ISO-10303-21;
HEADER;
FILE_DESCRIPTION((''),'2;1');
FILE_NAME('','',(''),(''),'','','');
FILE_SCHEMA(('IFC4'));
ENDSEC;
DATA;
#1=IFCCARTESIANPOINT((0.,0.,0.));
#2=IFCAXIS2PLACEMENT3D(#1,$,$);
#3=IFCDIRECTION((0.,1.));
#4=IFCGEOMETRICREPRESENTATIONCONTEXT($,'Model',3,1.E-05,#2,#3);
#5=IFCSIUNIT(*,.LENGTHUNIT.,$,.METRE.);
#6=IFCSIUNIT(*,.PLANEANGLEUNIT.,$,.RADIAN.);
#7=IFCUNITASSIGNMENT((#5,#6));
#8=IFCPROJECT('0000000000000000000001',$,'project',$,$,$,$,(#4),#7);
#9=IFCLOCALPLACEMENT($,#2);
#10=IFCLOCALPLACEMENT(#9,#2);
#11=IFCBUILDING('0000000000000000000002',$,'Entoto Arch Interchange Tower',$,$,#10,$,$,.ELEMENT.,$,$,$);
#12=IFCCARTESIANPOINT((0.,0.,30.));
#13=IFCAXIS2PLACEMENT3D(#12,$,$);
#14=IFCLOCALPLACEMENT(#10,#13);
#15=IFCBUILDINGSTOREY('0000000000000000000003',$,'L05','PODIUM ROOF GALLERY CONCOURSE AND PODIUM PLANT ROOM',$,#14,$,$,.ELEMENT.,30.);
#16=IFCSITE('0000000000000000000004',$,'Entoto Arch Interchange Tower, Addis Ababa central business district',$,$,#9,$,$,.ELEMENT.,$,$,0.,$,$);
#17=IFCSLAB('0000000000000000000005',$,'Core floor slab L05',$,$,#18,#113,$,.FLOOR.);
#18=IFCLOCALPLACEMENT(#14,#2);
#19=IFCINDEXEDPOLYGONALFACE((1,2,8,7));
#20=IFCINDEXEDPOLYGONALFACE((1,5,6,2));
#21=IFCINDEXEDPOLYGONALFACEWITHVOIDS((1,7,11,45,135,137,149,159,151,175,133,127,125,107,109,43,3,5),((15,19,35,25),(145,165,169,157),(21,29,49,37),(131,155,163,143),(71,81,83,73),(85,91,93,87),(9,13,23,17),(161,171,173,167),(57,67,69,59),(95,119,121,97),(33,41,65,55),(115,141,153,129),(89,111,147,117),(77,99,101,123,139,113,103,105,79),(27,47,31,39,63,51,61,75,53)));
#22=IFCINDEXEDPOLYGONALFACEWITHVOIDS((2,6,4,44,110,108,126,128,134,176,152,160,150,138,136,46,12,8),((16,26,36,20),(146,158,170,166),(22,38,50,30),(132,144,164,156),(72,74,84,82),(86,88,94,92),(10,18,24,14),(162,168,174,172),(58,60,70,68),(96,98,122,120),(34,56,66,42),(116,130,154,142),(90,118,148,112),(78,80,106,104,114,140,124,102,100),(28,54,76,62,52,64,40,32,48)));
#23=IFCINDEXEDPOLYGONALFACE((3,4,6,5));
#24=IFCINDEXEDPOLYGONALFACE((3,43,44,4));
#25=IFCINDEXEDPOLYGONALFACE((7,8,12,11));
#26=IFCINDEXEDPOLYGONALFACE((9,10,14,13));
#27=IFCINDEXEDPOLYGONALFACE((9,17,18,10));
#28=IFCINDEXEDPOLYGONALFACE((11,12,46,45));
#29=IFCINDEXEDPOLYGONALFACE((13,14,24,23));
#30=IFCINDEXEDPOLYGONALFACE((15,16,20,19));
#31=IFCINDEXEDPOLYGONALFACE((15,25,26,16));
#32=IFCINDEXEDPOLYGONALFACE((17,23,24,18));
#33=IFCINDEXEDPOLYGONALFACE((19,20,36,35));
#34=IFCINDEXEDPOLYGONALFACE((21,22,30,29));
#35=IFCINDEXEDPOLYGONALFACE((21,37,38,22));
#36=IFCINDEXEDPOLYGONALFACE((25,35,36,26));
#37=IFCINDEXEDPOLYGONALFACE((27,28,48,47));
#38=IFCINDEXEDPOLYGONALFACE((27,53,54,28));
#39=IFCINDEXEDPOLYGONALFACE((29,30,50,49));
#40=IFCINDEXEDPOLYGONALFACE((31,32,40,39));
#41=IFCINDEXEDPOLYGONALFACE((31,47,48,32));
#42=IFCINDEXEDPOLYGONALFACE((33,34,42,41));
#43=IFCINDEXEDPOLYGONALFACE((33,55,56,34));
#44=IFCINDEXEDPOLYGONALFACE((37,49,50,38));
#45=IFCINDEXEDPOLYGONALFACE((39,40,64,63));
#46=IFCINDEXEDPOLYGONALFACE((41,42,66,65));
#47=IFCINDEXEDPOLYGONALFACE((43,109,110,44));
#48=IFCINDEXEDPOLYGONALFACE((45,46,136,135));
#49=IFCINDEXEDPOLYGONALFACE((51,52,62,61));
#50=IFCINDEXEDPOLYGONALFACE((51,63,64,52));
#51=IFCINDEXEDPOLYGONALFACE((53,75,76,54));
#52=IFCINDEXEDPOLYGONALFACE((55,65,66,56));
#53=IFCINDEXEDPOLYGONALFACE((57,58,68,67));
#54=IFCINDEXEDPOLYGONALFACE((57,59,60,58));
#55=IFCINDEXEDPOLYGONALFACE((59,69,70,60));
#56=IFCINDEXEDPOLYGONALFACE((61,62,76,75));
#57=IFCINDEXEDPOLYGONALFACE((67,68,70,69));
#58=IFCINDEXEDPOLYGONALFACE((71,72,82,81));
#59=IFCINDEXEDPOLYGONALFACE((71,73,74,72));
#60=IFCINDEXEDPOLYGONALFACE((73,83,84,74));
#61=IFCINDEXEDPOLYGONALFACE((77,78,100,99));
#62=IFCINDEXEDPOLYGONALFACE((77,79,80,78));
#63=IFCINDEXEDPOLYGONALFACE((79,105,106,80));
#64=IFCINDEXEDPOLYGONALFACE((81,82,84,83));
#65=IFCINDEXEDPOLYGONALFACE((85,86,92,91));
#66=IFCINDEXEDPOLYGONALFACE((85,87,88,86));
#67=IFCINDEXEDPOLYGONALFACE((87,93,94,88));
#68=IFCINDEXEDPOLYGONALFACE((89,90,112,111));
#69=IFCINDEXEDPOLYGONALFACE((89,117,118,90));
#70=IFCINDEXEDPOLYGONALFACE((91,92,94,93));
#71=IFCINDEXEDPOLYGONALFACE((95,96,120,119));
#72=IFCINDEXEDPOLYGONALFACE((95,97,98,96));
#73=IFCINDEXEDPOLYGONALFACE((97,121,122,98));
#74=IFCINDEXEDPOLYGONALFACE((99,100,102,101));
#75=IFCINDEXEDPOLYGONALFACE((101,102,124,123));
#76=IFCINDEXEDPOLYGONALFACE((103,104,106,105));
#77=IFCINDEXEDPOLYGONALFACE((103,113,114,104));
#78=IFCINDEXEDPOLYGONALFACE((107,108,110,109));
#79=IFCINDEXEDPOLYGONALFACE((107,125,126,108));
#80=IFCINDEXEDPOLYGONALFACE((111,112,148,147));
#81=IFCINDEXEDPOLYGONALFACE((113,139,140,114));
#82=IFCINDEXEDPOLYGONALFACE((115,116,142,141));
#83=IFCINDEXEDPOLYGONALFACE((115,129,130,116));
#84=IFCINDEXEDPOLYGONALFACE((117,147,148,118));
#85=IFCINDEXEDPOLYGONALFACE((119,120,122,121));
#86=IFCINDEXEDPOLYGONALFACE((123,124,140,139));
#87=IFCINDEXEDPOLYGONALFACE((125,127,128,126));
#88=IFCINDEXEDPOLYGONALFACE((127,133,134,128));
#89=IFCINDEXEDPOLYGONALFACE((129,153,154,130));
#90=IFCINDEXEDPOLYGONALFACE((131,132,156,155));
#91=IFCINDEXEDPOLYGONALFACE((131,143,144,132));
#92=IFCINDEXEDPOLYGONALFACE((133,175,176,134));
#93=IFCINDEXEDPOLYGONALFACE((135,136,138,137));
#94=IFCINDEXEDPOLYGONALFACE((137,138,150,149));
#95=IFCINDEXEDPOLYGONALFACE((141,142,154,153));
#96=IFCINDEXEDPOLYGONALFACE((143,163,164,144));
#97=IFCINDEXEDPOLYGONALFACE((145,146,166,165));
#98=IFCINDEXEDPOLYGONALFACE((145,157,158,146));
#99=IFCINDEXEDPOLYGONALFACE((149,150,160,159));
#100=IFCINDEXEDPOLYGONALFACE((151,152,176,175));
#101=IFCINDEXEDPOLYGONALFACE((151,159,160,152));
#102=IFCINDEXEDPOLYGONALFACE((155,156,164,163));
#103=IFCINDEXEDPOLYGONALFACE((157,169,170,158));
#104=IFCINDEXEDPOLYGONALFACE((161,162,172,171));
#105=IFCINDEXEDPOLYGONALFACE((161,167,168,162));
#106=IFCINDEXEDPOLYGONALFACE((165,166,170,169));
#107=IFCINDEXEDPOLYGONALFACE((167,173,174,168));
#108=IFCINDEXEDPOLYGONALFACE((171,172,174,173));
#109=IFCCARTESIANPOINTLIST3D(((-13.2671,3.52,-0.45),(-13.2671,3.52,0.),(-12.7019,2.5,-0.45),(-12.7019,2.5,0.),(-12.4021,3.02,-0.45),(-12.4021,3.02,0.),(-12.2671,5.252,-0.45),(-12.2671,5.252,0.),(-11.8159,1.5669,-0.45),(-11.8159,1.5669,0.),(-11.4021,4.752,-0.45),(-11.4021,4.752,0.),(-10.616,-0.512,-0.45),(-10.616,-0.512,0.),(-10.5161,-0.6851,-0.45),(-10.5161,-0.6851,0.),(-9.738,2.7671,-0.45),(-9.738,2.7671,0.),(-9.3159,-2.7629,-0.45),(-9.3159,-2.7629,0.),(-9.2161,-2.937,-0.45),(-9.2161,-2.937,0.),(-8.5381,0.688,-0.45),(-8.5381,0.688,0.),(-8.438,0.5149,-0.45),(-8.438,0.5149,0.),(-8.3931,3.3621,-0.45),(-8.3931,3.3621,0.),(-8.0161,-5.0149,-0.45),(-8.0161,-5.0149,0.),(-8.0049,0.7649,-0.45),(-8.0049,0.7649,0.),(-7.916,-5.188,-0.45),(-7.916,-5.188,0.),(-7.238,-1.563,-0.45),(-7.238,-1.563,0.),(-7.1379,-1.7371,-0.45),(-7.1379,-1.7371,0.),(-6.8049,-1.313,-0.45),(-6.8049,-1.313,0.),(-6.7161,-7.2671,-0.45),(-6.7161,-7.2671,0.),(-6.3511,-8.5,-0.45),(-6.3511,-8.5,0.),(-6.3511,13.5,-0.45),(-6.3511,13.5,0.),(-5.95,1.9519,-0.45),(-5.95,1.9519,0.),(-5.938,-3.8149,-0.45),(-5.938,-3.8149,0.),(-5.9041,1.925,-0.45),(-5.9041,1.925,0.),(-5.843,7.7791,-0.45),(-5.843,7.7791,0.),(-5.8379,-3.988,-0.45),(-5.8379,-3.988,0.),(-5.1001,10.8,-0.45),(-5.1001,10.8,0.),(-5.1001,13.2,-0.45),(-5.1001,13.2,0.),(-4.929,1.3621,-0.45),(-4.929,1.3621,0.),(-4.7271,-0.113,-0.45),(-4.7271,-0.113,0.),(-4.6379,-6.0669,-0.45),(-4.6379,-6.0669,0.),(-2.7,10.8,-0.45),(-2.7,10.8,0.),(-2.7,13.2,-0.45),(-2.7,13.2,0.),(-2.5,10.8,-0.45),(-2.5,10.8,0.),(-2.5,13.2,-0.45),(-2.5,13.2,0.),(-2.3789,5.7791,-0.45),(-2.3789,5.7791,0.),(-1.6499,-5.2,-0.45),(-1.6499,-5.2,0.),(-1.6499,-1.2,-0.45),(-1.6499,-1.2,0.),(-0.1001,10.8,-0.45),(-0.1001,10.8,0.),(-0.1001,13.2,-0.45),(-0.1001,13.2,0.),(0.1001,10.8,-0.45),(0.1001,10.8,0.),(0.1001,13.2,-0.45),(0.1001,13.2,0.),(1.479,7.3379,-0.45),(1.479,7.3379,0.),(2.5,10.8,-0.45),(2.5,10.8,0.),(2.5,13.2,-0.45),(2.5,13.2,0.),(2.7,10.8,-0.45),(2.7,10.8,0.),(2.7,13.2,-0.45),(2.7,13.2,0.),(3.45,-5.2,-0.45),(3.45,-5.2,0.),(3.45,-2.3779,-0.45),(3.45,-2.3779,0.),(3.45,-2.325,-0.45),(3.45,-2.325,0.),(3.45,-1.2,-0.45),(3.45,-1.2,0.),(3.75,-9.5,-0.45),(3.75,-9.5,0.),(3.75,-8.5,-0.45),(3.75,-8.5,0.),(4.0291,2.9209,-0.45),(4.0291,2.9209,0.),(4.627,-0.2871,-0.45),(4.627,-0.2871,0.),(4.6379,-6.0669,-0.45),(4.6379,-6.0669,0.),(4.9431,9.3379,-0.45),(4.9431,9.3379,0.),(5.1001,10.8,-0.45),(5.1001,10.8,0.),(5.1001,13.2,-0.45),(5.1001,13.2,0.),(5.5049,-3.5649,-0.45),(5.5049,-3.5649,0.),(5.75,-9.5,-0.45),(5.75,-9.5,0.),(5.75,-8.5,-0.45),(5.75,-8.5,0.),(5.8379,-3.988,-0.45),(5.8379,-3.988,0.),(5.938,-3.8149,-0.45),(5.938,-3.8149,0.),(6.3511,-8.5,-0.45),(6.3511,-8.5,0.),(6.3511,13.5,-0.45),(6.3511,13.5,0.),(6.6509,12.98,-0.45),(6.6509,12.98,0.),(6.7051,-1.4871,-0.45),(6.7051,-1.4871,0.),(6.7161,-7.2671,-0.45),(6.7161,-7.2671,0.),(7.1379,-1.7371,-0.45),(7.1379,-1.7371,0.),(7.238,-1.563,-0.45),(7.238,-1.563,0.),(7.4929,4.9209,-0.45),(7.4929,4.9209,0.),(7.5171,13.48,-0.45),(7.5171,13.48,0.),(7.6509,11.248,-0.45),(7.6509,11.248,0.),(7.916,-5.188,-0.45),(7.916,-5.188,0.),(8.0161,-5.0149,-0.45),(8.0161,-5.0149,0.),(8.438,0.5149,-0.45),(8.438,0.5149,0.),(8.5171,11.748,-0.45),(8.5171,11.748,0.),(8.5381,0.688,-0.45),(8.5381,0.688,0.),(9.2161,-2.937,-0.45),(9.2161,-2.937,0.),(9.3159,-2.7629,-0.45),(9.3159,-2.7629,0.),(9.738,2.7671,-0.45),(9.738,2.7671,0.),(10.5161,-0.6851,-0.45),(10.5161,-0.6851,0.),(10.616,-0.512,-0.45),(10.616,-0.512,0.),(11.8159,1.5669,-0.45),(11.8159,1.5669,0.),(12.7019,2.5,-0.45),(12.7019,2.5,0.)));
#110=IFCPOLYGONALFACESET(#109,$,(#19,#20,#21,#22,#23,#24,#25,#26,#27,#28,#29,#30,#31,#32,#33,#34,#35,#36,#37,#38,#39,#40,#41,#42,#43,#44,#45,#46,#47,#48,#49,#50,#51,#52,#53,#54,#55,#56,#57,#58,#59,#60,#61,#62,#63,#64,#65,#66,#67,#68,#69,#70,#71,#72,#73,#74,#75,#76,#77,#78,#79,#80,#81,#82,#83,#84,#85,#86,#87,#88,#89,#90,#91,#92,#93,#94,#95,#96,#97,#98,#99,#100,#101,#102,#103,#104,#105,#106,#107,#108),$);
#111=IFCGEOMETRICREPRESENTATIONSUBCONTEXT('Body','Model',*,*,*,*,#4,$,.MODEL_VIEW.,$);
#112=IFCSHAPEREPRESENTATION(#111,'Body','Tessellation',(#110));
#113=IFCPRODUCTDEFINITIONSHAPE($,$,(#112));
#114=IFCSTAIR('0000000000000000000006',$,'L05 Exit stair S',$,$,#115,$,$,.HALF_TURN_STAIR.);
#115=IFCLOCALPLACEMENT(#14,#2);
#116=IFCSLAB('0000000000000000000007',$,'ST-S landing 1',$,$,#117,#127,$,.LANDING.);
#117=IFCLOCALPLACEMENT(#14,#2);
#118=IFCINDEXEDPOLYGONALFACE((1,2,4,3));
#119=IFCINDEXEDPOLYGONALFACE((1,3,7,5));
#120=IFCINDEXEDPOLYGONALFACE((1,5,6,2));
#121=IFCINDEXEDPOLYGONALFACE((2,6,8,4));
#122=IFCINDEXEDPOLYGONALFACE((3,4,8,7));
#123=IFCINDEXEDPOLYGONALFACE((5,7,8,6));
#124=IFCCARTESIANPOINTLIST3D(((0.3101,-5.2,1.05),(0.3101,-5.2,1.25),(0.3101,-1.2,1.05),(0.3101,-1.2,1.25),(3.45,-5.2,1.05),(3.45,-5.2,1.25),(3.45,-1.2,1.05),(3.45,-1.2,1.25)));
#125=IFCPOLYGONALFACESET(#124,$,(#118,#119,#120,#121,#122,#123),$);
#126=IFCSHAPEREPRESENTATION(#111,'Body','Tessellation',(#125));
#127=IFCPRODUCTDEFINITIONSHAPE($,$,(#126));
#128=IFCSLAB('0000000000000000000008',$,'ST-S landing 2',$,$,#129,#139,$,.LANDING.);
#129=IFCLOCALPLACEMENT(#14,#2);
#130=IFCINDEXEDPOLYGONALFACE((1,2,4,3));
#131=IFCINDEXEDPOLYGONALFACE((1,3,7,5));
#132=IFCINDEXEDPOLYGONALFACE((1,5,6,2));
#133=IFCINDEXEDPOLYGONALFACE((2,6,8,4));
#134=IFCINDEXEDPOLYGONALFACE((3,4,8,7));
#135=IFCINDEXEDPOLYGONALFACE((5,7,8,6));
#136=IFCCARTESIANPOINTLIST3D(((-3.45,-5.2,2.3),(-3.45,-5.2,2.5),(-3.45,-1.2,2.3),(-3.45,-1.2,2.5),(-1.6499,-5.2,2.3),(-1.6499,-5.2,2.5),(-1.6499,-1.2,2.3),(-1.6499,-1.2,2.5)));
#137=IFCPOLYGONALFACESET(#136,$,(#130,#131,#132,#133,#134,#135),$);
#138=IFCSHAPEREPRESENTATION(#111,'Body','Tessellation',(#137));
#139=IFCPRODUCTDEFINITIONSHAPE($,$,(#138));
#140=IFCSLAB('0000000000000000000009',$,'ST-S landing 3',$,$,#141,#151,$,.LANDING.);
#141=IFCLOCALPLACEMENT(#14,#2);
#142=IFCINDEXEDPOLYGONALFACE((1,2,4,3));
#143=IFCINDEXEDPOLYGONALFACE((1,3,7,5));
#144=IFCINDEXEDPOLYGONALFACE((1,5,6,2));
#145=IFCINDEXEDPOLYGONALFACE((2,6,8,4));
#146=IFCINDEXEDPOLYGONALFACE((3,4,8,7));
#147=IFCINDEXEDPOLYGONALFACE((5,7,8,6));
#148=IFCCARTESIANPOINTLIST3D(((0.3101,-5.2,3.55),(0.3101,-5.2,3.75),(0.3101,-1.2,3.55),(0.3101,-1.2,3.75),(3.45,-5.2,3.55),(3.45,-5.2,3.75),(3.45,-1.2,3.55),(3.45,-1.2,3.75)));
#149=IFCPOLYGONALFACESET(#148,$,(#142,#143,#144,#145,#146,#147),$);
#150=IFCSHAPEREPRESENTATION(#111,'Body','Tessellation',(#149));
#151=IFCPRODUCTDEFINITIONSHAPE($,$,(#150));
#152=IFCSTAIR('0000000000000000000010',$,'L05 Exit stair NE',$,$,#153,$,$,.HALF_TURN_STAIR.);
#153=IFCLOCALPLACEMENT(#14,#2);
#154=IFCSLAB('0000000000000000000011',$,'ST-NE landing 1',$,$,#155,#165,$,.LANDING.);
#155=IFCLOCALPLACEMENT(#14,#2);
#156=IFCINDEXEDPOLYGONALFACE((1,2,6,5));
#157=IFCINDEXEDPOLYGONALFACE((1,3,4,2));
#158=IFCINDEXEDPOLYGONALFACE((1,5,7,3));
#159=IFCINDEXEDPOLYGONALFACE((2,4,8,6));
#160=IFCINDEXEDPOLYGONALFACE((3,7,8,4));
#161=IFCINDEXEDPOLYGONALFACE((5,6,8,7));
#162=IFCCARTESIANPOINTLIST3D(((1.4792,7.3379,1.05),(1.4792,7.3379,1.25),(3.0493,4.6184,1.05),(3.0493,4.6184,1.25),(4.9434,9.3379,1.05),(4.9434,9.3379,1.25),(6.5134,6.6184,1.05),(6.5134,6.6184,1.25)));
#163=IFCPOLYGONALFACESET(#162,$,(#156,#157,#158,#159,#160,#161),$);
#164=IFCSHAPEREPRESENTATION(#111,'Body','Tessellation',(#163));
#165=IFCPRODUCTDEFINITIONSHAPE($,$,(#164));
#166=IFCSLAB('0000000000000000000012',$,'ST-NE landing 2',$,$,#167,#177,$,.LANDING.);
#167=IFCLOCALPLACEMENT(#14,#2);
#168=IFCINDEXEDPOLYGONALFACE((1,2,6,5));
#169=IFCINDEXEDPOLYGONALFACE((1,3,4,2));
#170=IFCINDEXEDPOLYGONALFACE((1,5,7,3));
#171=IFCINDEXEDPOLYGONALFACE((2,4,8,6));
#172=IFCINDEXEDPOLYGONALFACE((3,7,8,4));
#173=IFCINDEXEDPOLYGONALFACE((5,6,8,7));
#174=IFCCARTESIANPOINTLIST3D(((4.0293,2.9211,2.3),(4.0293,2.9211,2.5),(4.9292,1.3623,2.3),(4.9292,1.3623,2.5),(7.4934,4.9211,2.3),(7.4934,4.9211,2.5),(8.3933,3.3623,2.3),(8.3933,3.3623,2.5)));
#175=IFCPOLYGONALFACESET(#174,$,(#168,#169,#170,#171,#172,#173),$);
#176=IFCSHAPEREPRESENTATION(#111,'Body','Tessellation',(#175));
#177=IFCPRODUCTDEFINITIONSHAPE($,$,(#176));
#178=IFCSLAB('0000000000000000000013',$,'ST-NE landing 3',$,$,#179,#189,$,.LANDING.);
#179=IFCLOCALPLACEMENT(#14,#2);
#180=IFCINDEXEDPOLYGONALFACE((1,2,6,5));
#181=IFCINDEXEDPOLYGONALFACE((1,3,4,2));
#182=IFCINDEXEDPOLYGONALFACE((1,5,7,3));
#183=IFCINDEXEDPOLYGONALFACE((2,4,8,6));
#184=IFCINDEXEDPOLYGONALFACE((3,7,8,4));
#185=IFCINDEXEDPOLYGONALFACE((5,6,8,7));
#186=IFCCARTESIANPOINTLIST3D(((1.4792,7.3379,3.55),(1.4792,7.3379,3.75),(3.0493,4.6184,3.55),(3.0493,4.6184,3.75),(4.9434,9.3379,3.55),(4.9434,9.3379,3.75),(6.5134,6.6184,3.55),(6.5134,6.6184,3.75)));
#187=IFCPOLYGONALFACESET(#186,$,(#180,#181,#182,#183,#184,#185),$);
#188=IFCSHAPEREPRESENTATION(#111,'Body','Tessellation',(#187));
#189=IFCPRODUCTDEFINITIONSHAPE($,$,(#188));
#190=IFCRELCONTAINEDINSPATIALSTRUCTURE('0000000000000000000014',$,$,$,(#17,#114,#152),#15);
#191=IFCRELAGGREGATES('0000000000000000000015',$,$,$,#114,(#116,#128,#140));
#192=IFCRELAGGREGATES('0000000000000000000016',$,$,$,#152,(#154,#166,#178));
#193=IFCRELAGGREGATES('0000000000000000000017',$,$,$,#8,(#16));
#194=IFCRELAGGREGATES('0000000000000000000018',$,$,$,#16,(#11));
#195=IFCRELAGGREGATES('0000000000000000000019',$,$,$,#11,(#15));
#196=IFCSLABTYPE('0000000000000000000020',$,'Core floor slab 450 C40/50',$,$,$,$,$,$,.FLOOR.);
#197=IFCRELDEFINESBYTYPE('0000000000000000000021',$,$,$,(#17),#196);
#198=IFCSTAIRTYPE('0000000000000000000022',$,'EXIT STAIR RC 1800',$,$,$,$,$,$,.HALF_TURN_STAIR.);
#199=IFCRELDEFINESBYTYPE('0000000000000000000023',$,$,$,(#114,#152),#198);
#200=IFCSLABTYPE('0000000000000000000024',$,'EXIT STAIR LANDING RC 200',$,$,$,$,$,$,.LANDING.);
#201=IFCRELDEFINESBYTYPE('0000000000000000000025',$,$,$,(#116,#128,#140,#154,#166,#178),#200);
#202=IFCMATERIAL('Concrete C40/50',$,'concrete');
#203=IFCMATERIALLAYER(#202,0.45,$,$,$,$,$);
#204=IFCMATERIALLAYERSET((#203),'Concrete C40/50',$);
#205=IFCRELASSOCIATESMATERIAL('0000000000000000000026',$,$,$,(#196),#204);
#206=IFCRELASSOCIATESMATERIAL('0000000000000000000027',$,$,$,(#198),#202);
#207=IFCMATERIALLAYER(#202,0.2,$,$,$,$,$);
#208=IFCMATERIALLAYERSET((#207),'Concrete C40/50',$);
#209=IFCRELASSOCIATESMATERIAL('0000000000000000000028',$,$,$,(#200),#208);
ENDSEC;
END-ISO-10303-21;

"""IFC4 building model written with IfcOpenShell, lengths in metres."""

from ifc_helpers import new_model, si_unit, direction, frame, origin, place, context, subcontext, project, spatial, polyline, outline, extrude, material, layer, layer_set, type_object, element, aggregate, save


model = new_model("IFC4")

# Units and contexts
model_context = context("Model", 3, precision=1e-05, world=origin(), true_north=direction((0.0, 1.0)))
body_context = subcontext(model_context, "Body", "Model", "MODEL_VIEW")
ifc_project = project(units=[si_unit("LENGTHUNIT", "METRE"), si_unit("PLANEANGLEUNIT", "RADIAN")], contexts=[model_context])

# Site, building, storey
site_placement = place(None, origin())
site = spatial("IfcSite", under=ifc_project, at=site_placement, Name="Entoto Arch Interchange Tower, Addis Ababa central business district", CompositionType="ELEMENT", RefElevation=0.0)
building_placement = place(site_placement, origin())
building = spatial("IfcBuilding", under=site, at=building_placement, Name="Entoto Arch Interchange Tower", CompositionType="ELEMENT")
storey_placement = place(building_placement, frame((0.0, 0.0, 30.0)))
storey = spatial("IfcBuildingStorey", under=building, at=storey_placement, Name="L05", Description="PODIUM ROOF GALLERY CONCOURSE AND PODIUM PLANT ROOM", CompositionType="ELEMENT", Elevation=30.0)

# Slab
ifc_material_1 = material(Name="Concrete C40/50", Category="concrete")
ifc_layer_1 = layer(ifc_material_1, 0.45)
ifc_layer_set_1 = layer_set([ifc_layer_1], Name="Concrete C40/50")
slab_type_1 = type_object("IfcSlabType", Name="Core floor slab 450 C40/50", PredefinedType="FLOOR", material=ifc_layer_set_1)
slab_1_placement = place(storey_placement, frame((0.0, 0.0, -0.45)))
element("IfcSlab", 1, at=slab_1_placement, inside=storey, type_object=slab_type_1, Name="Core floor slab L05", PredefinedType="FLOOR", context=body_context, shape_type="SweptSolid", body=[
    extrude(outline(polyline([(5.75, -9.5), (3.75, -9.5), (3.75, -8.5), (-6.3511, -8.5), (-12.7019, 2.5), (-12.4021, 3.02), (-13.2671, 3.52), (-12.2671, 5.252), (-11.4021, 4.752), (-6.3511, 13.5), (6.3511, 13.5), (6.6509, 12.98), (7.5171, 13.48), (8.5171, 11.748), (7.6509, 11.248), (12.7019, 2.5), (6.3511, -8.5), (5.75, -8.5), (5.75, -9.5)]), holes=[polyline([(-4.6379, -6.0669), (-5.8379, -3.988), (-7.916, -5.188), (-6.7161, -7.2671), (-4.6379, -6.0669)]), polyline([(-5.938, -3.8149), (-7.1379, -1.7371), (-9.2161, -2.937), (-8.0161, -5.0149), (-5.938, -3.8149)]), polyline([(5.5049, -3.5649), (6.7051, -1.4871), (4.627, -0.2871), (3.45, -2.325), (3.45, -1.2), (-1.6499, -1.2), (-1.6499, -5.2), (3.45, -5.2), (3.45, -2.3779), (5.5049, -3.5649)]), polyline([(-7.238, -1.563), (-8.438, 0.5149), (-10.5161, -0.6851), (-9.3159, -2.7629), (-7.238, -1.563)]), polyline([(-4.7271, -0.113), (-5.9041, 1.925), (-4.929, 1.3621), (-2.3789, 5.7791), (-5.843, 7.7791), (-8.3931, 3.3621), (-5.95, 1.9519), (-8.0049, 0.7649), (-6.8049, -1.313), (-4.7271, -0.113)]), polyline([(-8.5381, 0.688), (-9.738, 2.7671), (-11.8159, 1.5669), (-10.616, -0.512), (-8.5381, 0.688)]), polyline([(-5.1001, 10.8), (-2.7, 10.8), (-2.7, 13.2), (-5.1001, 13.2), (-5.1001, 10.8)]), polyline([(-2.5, 10.8), (-0.1001, 10.8), (-0.1001, 13.2), (-2.5, 13.2), (-2.5, 10.8)]), polyline([(5.8379, -3.988), (4.6379, -6.0669), (6.7161, -7.2671), (7.916, -5.188), (5.8379, -3.988)]), polyline([(7.1379, -1.7371), (5.938, -3.8149), (8.0161, -5.0149), (9.2161, -2.937), (7.1379, -1.7371)]), polyline([(8.438, 0.5149), (7.238, -1.563), (9.3159, -2.7629), (10.5161, -0.6851), (8.438, 0.5149)]), polyline([(9.738, 2.7671), (8.5381, 0.688), (10.616, -0.512), (11.8159, 1.5669), (9.738, 2.7671)]), polyline([(4.0291, 2.9209), (7.4929, 4.9209), (4.9431, 9.3379), (1.479, 7.3379), (4.0291, 2.9209)]), polyline([(0.1001, 13.2), (0.1001, 10.8), (2.5, 10.8), (2.5, 13.2), (0.1001, 13.2)]), polyline([(2.7, 13.2), (2.7, 10.8), (5.1001, 10.8), (5.1001, 13.2), (2.7, 13.2)])]), origin(), (0.0, 0.0, 1.0), 0.45),
])

# Stairs, slabs
stair_type = type_object("IfcStairType", Name="EXIT STAIR RC 1800", PredefinedType="HALF_TURN_STAIR", material=ifc_material_1)
stair_1_placement = place(storey_placement, origin())
stair_1 = element("IfcStair", 2, at=stair_1_placement, inside=storey, type_object=stair_type, Name="L05 Exit stair S", PredefinedType="HALF_TURN_STAIR")
ifc_layer_2 = layer(ifc_material_1, 0.2)
ifc_layer_set_2 = layer_set([ifc_layer_2], Name="Concrete C40/50")
slab_type_2 = type_object("IfcSlabType", Name="EXIT STAIR LANDING RC 200", PredefinedType="LANDING", material=ifc_layer_set_2)
slab_2_placement = place(storey_placement, frame((0.0, 0.0, 1.05)))
slab_2 = element("IfcSlab", 3, at=slab_2_placement, type_object=slab_type_2, Name="ST-S landing 1", PredefinedType="LANDING", context=body_context, shape_type="SweptSolid", body=[
    extrude(outline(polyline([(0.3101, -5.2), (3.45, -5.2), (3.45, -1.2), (0.3101, -1.2), (0.3101, -5.2)])), origin(), (0.0, 0.0, 1.0), 0.2),
])
slab_3_placement = place(storey_placement, frame((0.0, 0.0, 2.3)))
slab_3 = element("IfcSlab", 4, at=slab_3_placement, type_object=slab_type_2, Name="ST-S landing 2", PredefinedType="LANDING", context=body_context, shape_type="SweptSolid", body=[
    extrude(outline(polyline([(-3.45, -5.2), (-1.6499, -5.2), (-1.6499, -1.2), (-3.45, -1.2), (-3.45, -5.2)])), origin(), (0.0, 0.0, 1.0), 0.2),
])
slab_4_placement = place(storey_placement, frame((0.0, 0.0, 3.55)))
slab_4 = element("IfcSlab", 5, at=slab_4_placement, type_object=slab_type_2, Name="ST-S landing 3", PredefinedType="LANDING", context=body_context, shape_type="SweptSolid", body=[
    extrude(outline(polyline([(0.3101, -5.2), (3.45, -5.2), (3.45, -1.2), (0.3101, -1.2), (0.3101, -5.2)])), origin(), (0.0, 0.0, 1.0), 0.2),
])
aggregate(stair_1, [slab_2, slab_3, slab_4])
stair_2_placement = place(storey_placement, origin())
stair_2 = element("IfcStair", 6, at=stair_2_placement, inside=storey, type_object=stair_type, Name="L05 Exit stair NE", PredefinedType="HALF_TURN_STAIR")
slab_5_placement = place(storey_placement, frame((0.0, 0.0, 1.05)))
slab_5 = element("IfcSlab", 7, at=slab_5_placement, type_object=slab_type_2, Name="ST-NE landing 1", PredefinedType="LANDING", context=body_context, shape_type="SweptSolid", body=[
    extrude(outline(polyline([(6.5134, 6.6184), (4.9434, 9.3379), (1.4792, 7.3379), (3.0493, 4.6184), (6.5134, 6.6184)])), origin(), (0.0, 0.0, 1.0), 0.2),
])
slab_6_placement = place(storey_placement, frame((0.0, 0.0, 2.3)))
slab_6 = element("IfcSlab", 8, at=slab_6_placement, type_object=slab_type_2, Name="ST-NE landing 2", PredefinedType="LANDING", context=body_context, shape_type="SweptSolid", body=[
    extrude(outline(polyline([(8.3933, 3.3623), (7.4934, 4.9211), (4.0293, 2.9211), (4.9292, 1.3623), (8.3933, 3.3623)])), origin(), (0.0, 0.0, 1.0), 0.2),
])
slab_7_placement = place(storey_placement, frame((0.0, 0.0, 3.55)))
slab_7 = element("IfcSlab", 9, at=slab_7_placement, type_object=slab_type_2, Name="ST-NE landing 3", PredefinedType="LANDING", context=body_context, shape_type="SweptSolid", body=[
    extrude(outline(polyline([(6.5134, 6.6184), (4.9434, 9.3379), (1.4792, 7.3379), (3.0493, 4.6184), (6.5134, 6.6184)])), origin(), (0.0, 0.0, 1.0), 0.2),
])
aggregate(stair_2, [slab_5, slab_6, slab_7])

save(model, "model.ifc")
